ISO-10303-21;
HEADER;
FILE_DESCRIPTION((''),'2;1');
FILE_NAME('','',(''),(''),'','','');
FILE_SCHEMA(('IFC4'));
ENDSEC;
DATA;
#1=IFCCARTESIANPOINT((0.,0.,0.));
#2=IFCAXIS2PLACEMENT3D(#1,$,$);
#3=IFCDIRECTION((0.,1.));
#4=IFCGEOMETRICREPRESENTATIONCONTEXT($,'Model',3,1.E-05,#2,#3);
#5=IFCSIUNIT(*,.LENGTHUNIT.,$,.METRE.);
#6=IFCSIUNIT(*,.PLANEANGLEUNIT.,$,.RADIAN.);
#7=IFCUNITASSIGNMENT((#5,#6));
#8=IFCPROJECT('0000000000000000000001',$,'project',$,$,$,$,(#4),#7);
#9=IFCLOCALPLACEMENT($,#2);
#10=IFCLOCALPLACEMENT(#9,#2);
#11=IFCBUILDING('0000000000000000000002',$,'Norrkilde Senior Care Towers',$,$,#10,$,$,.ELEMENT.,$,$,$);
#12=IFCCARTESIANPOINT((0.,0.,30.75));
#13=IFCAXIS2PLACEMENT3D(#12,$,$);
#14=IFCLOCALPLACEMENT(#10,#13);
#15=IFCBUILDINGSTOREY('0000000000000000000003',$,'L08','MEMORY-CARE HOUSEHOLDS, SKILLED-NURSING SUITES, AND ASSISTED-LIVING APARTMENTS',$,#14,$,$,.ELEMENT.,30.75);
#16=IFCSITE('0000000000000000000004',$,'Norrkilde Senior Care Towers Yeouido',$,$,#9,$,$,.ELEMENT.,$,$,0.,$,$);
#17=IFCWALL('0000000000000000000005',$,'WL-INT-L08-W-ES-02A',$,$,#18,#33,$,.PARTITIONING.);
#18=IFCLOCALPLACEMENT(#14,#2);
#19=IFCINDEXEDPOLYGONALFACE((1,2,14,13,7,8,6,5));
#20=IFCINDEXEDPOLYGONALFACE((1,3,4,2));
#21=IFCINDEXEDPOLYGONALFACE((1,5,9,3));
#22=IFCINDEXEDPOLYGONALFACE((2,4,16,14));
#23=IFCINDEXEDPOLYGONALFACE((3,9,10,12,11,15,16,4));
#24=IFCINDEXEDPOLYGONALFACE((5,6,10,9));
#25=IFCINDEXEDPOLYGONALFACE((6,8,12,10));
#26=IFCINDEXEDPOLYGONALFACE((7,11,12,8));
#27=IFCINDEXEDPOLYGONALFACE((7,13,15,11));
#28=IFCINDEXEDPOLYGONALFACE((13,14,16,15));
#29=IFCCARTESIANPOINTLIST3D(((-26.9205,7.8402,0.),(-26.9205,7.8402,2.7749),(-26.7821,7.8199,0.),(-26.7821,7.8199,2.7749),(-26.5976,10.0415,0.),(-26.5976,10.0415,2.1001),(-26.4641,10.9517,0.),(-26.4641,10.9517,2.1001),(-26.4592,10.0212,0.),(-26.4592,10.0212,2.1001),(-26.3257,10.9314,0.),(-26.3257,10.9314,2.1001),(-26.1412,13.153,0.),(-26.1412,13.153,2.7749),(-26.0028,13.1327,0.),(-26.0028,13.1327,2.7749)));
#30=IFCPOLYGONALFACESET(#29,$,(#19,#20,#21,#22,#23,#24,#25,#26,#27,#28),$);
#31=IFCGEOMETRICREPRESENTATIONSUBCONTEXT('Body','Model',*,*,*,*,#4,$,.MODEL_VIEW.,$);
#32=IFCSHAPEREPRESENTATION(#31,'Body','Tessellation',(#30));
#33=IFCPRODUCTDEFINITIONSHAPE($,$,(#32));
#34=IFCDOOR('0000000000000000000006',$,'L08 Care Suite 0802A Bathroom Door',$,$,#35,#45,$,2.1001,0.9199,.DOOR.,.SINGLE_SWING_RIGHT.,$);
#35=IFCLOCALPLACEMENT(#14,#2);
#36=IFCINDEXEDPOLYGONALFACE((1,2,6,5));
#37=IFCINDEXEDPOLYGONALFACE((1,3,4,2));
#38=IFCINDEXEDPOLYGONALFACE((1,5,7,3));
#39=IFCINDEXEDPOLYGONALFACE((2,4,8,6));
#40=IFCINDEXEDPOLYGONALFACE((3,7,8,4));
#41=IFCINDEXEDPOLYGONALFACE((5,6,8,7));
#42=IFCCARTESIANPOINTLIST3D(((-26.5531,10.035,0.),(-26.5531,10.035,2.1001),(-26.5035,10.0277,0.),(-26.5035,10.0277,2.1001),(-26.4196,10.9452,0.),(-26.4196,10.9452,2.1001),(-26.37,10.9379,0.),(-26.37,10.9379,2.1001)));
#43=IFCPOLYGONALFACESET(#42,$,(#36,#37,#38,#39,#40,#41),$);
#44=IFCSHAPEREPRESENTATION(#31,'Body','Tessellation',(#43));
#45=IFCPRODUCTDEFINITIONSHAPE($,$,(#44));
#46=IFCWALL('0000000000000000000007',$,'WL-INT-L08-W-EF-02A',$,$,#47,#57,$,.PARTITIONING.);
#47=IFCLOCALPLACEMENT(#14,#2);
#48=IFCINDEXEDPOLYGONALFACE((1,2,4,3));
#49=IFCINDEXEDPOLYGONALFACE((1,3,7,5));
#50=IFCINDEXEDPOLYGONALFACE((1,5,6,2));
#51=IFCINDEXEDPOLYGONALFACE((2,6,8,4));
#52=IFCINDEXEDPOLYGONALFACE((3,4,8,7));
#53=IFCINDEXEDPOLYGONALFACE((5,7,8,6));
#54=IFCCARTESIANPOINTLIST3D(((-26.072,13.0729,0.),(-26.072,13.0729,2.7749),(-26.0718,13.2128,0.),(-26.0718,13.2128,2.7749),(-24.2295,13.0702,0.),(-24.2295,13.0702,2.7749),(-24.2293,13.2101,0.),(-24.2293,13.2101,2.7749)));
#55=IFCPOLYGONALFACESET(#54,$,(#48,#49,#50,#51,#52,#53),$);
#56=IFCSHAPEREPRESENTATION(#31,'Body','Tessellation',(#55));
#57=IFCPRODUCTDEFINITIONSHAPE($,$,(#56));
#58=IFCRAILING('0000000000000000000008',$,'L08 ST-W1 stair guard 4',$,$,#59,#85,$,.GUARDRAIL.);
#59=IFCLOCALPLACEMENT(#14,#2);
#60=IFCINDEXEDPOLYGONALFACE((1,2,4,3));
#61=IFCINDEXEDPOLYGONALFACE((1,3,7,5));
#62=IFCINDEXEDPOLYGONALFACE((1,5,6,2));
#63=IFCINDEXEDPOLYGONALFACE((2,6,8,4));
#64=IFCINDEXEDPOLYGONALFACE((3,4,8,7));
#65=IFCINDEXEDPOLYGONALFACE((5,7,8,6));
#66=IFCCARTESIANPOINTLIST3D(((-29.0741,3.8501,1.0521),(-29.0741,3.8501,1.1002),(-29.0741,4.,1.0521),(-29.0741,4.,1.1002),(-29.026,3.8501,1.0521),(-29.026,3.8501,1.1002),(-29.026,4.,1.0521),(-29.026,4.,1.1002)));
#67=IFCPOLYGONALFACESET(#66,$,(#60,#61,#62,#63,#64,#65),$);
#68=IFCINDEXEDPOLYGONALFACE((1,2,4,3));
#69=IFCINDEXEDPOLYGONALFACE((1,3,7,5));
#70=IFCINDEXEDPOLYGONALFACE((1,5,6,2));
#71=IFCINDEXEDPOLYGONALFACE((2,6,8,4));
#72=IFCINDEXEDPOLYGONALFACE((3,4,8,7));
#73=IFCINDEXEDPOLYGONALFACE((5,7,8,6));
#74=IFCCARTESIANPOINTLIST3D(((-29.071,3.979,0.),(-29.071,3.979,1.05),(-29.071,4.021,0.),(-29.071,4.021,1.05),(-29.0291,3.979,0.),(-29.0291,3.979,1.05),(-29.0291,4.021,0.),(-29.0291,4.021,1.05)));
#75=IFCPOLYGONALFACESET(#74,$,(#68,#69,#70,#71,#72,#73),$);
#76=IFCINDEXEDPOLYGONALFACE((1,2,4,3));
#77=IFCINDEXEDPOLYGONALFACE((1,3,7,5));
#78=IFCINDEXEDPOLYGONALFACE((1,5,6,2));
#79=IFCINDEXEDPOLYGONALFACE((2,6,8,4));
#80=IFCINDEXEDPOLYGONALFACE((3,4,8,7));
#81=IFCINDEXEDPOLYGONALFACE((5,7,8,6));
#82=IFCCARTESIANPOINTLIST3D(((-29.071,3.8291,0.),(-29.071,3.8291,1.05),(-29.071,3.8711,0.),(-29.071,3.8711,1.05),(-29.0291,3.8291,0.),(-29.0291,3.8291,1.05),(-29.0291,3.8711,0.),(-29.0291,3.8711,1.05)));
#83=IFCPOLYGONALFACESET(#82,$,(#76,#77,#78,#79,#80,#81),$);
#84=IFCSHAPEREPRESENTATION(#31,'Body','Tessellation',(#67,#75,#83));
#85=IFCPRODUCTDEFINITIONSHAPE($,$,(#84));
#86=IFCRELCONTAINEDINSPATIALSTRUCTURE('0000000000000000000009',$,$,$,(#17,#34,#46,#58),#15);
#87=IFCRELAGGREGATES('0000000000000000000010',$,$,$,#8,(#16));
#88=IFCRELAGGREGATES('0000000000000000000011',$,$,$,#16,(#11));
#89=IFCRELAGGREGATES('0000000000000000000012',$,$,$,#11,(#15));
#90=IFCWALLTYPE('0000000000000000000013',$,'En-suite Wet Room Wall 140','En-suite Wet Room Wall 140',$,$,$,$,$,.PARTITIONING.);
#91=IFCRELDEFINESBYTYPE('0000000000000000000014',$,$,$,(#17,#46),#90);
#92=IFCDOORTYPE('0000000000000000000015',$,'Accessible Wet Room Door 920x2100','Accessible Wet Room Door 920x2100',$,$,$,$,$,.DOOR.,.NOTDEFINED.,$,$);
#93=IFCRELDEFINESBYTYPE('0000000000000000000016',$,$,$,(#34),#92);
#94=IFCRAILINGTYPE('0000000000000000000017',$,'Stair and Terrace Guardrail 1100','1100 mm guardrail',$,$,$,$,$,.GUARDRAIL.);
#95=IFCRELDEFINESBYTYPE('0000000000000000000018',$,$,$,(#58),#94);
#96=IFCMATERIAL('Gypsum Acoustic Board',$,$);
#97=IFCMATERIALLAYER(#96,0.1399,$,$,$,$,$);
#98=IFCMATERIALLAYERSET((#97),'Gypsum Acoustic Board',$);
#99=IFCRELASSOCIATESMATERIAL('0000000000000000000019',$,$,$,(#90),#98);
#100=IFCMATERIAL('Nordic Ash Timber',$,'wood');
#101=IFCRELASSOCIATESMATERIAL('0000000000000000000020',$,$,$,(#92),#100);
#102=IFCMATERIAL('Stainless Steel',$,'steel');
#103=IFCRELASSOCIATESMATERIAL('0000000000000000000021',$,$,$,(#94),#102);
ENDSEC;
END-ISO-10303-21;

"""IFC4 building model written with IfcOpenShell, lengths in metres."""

from ifc_helpers import new_model, si_unit, direction, frame, frame_2d, origin, origin_2d, place, context, subcontext, project, spatial, rectangle, extrude, source, transform, mapped, material, layer, layer_set, type_object, type_shapes, element, fill, save


model = new_model("IFC4")

# Units and contexts
model_context = context("Model", 3, precision=1e-05, world=origin(), true_north=direction((0.0, 1.0)))
body_context = subcontext(model_context, "Body", "Model", "MODEL_VIEW")
ifc_project = project(units=[si_unit("LENGTHUNIT", "METRE"), si_unit("PLANEANGLEUNIT", "RADIAN")], contexts=[model_context])

# Site, building, storey
site_placement = place(None, origin())
site = spatial("IfcSite", under=ifc_project, at=site_placement, Name="Norrkilde Senior Care Towers Yeouido", CompositionType="ELEMENT", RefElevation=0.0)
building_placement = place(site_placement, origin())
building = spatial("IfcBuilding", under=site, at=building_placement, Name="Norrkilde Senior Care Towers", CompositionType="ELEMENT")
storey_placement = place(building_placement, frame((0.0, 0.0, 30.75)))
storey = spatial("IfcBuildingStorey", under=building, at=storey_placement, Name="L08", Description="MEMORY-CARE HOUSEHOLDS, SKILLED-NURSING SUITES, AND ASSISTED-LIVING APARTMENTS", CompositionType="ELEMENT", Elevation=30.75)

# Shared definitions
ifc_material_1 = material(Name="Stainless Steel", Category="steel")

# Shared definitions
ifc_material_2 = material(Name="Gypsum Acoustic Board")

# Shared definitions
ifc_layer_1 = layer(ifc_material_2, 0.1399)
ifc_layer_set_1 = layer_set([ifc_layer_1], Name="Gypsum Acoustic Board")
wall_type_1 = type_object("IfcWallType", Name="En-suite Wet Room Wall 140", Description="En-suite Wet Room Wall 140", PredefinedType="PARTITIONING", material=ifc_layer_set_1)
ifc_material_3 = material(Name="Nordic Ash Timber", Category="wood")
door_type_1 = type_object("IfcDoorType", Name="Accessible Wet Room Door 920x2100", Description="Accessible Wet Room Door 920x2100", OperationType="NOTDEFINED", PredefinedType="DOOR", material=ifc_material_3)
shared_shape_1 = source(origin(), body_context, "Body", "SweptSolid", [
    extrude(rectangle(XDim=0.9199, YDim=2.1001, at=frame_2d((0.46, 1.05))), frame((0.0, 0.0249, 0.0), z_axis=(0.0, -1.0, 0.0), x_axis=(1.0, 0.0, 0.0)), (0.0, 0.0, 1.0), 0.05),
])
type_shapes(door_type_1, [shared_shape_1])

# Wall, opening, door
shared_shape_2 = source(origin(), body_context, "Body", "SweptSolid", [
    extrude(rectangle(XDim=5.3696, YDim=0.1399, at=frame_2d((2.6848, 0.0))), origin(), (0.0, 0.0, 1.0), 2.7749),
])
wall_1_placement = place(storey_placement, frame((-26.8513, 7.8301, 0.0), z_axis=(0.0, 0.0, 1.0), x_axis=(0.145131, 0.989412, 0.0)))
wall_1 = element("IfcWall", 1, at=wall_1_placement, inside=storey, type_object=wall_type_1, Name="WL-INT-L08-W-ES-02A", PredefinedType="PARTITIONING", context=body_context, shape_type="MappedRepresentation", body=[
    mapped(shared_shape_2, transform((0.0, 0.0, 0.0), x_axis=(1.0, 0.0, 0.0), y_axis=(0.0, 1.0, 0.0), z_axis=(0.0, 0.0, 1.0), scale=1.0)),
])
opening_1_placement = place(wall_1_placement, frame((2.2249, 0.0, 0.0)))
opening_1 = element("IfcOpeningElement", 2, at=opening_1_placement, cuts=wall_1, PredefinedType="OPENING", context=body_context, shape_type="SweptSolid", body=[
    extrude(rectangle(XDim=0.9199, YDim=2.1001, at=frame_2d((0.46, 1.05))), frame((0.0, 0.0798, 0.0), z_axis=(0.0, -1.0, 0.0), x_axis=(1.0, 0.0, 0.0)), (0.0, 0.0, 1.0), 0.1599),
])
door_1_placement = place(opening_1_placement, origin())
door_1 = element("IfcDoor", 3, at=door_1_placement, inside=storey, type_object=door_type_1, Name="L08 Care Suite 0802A Bathroom Door", OperationType="SINGLE_SWING_RIGHT", OverallHeight=2.1001, OverallWidth=0.9199, PredefinedType="DOOR", context=body_context, shape_type="MappedRepresentation", body=[
    mapped(shared_shape_1, transform((0.0, 0.0, 0.0), x_axis=(1.0, 0.0, 0.0), y_axis=(0.0, 1.0, 0.0), z_axis=(0.0, 0.0, 1.0), scale=1.0)),
])
fill(opening_1, door_1)

# Wall
shared_shape_3 = source(origin(), body_context, "Body", "SweptSolid", [
    extrude(rectangle(XDim=1.8425, YDim=0.1399, at=frame_2d((0.9214, 0.0))), origin(), (0.0, 0.0, 1.0), 2.7749),
])
wall_2_placement = place(storey_placement, frame((-26.072, 13.1428, 0.0), z_axis=(0.0, 0.0, 1.0), x_axis=(0.999999, -0.001458, 0.0)))
element("IfcWall", 4, at=wall_2_placement, inside=storey, type_object=wall_type_1, Name="WL-INT-L08-W-EF-02A", PredefinedType="PARTITIONING", context=body_context, shape_type="MappedRepresentation", body=[
    mapped(shared_shape_3, transform((0.0, 0.0, 0.0), x_axis=(1.0, 0.0, 0.0), y_axis=(0.0, 1.0, 0.0), z_axis=(0.0, 0.0, 1.0), scale=1.0)),
])

# Railing
railing_type = type_object("IfcRailingType", Name="Stair and Terrace Guardrail 1100", Description="1100 mm guardrail", PredefinedType="GUARDRAIL", material=ifc_material_1)
railing_placement = place(storey_placement, frame((-29.05, 4.0, 0.0)))
element("IfcRailing", 5, at=railing_placement, inside=storey, type_object=railing_type, Name="L08 ST-W1 stair guard 4", PredefinedType="GUARDRAIL", context=body_context, shape_type="SweptSolid", body=[
    extrude(rectangle(XDim=0.0481, YDim=0.0481, at=origin_2d()), frame((0.0, 0.0, 1.0762), z_axis=(0.0, -1.0, 0.0), x_axis=(1.0, 0.0, 0.0)), (0.0, 0.0, 1.0), 0.1499),
    extrude(rectangle(XDim=0.042, YDim=0.042, at=origin_2d()), origin(), (0.0, 0.0, 1.0), 1.05),
    extrude(rectangle(XDim=0.042, YDim=0.042, at=origin_2d()), frame((0.0, -0.1499, 0.0)), (0.0, 0.0, 1.0), 1.05),
])

save(model, "model.ifc")
